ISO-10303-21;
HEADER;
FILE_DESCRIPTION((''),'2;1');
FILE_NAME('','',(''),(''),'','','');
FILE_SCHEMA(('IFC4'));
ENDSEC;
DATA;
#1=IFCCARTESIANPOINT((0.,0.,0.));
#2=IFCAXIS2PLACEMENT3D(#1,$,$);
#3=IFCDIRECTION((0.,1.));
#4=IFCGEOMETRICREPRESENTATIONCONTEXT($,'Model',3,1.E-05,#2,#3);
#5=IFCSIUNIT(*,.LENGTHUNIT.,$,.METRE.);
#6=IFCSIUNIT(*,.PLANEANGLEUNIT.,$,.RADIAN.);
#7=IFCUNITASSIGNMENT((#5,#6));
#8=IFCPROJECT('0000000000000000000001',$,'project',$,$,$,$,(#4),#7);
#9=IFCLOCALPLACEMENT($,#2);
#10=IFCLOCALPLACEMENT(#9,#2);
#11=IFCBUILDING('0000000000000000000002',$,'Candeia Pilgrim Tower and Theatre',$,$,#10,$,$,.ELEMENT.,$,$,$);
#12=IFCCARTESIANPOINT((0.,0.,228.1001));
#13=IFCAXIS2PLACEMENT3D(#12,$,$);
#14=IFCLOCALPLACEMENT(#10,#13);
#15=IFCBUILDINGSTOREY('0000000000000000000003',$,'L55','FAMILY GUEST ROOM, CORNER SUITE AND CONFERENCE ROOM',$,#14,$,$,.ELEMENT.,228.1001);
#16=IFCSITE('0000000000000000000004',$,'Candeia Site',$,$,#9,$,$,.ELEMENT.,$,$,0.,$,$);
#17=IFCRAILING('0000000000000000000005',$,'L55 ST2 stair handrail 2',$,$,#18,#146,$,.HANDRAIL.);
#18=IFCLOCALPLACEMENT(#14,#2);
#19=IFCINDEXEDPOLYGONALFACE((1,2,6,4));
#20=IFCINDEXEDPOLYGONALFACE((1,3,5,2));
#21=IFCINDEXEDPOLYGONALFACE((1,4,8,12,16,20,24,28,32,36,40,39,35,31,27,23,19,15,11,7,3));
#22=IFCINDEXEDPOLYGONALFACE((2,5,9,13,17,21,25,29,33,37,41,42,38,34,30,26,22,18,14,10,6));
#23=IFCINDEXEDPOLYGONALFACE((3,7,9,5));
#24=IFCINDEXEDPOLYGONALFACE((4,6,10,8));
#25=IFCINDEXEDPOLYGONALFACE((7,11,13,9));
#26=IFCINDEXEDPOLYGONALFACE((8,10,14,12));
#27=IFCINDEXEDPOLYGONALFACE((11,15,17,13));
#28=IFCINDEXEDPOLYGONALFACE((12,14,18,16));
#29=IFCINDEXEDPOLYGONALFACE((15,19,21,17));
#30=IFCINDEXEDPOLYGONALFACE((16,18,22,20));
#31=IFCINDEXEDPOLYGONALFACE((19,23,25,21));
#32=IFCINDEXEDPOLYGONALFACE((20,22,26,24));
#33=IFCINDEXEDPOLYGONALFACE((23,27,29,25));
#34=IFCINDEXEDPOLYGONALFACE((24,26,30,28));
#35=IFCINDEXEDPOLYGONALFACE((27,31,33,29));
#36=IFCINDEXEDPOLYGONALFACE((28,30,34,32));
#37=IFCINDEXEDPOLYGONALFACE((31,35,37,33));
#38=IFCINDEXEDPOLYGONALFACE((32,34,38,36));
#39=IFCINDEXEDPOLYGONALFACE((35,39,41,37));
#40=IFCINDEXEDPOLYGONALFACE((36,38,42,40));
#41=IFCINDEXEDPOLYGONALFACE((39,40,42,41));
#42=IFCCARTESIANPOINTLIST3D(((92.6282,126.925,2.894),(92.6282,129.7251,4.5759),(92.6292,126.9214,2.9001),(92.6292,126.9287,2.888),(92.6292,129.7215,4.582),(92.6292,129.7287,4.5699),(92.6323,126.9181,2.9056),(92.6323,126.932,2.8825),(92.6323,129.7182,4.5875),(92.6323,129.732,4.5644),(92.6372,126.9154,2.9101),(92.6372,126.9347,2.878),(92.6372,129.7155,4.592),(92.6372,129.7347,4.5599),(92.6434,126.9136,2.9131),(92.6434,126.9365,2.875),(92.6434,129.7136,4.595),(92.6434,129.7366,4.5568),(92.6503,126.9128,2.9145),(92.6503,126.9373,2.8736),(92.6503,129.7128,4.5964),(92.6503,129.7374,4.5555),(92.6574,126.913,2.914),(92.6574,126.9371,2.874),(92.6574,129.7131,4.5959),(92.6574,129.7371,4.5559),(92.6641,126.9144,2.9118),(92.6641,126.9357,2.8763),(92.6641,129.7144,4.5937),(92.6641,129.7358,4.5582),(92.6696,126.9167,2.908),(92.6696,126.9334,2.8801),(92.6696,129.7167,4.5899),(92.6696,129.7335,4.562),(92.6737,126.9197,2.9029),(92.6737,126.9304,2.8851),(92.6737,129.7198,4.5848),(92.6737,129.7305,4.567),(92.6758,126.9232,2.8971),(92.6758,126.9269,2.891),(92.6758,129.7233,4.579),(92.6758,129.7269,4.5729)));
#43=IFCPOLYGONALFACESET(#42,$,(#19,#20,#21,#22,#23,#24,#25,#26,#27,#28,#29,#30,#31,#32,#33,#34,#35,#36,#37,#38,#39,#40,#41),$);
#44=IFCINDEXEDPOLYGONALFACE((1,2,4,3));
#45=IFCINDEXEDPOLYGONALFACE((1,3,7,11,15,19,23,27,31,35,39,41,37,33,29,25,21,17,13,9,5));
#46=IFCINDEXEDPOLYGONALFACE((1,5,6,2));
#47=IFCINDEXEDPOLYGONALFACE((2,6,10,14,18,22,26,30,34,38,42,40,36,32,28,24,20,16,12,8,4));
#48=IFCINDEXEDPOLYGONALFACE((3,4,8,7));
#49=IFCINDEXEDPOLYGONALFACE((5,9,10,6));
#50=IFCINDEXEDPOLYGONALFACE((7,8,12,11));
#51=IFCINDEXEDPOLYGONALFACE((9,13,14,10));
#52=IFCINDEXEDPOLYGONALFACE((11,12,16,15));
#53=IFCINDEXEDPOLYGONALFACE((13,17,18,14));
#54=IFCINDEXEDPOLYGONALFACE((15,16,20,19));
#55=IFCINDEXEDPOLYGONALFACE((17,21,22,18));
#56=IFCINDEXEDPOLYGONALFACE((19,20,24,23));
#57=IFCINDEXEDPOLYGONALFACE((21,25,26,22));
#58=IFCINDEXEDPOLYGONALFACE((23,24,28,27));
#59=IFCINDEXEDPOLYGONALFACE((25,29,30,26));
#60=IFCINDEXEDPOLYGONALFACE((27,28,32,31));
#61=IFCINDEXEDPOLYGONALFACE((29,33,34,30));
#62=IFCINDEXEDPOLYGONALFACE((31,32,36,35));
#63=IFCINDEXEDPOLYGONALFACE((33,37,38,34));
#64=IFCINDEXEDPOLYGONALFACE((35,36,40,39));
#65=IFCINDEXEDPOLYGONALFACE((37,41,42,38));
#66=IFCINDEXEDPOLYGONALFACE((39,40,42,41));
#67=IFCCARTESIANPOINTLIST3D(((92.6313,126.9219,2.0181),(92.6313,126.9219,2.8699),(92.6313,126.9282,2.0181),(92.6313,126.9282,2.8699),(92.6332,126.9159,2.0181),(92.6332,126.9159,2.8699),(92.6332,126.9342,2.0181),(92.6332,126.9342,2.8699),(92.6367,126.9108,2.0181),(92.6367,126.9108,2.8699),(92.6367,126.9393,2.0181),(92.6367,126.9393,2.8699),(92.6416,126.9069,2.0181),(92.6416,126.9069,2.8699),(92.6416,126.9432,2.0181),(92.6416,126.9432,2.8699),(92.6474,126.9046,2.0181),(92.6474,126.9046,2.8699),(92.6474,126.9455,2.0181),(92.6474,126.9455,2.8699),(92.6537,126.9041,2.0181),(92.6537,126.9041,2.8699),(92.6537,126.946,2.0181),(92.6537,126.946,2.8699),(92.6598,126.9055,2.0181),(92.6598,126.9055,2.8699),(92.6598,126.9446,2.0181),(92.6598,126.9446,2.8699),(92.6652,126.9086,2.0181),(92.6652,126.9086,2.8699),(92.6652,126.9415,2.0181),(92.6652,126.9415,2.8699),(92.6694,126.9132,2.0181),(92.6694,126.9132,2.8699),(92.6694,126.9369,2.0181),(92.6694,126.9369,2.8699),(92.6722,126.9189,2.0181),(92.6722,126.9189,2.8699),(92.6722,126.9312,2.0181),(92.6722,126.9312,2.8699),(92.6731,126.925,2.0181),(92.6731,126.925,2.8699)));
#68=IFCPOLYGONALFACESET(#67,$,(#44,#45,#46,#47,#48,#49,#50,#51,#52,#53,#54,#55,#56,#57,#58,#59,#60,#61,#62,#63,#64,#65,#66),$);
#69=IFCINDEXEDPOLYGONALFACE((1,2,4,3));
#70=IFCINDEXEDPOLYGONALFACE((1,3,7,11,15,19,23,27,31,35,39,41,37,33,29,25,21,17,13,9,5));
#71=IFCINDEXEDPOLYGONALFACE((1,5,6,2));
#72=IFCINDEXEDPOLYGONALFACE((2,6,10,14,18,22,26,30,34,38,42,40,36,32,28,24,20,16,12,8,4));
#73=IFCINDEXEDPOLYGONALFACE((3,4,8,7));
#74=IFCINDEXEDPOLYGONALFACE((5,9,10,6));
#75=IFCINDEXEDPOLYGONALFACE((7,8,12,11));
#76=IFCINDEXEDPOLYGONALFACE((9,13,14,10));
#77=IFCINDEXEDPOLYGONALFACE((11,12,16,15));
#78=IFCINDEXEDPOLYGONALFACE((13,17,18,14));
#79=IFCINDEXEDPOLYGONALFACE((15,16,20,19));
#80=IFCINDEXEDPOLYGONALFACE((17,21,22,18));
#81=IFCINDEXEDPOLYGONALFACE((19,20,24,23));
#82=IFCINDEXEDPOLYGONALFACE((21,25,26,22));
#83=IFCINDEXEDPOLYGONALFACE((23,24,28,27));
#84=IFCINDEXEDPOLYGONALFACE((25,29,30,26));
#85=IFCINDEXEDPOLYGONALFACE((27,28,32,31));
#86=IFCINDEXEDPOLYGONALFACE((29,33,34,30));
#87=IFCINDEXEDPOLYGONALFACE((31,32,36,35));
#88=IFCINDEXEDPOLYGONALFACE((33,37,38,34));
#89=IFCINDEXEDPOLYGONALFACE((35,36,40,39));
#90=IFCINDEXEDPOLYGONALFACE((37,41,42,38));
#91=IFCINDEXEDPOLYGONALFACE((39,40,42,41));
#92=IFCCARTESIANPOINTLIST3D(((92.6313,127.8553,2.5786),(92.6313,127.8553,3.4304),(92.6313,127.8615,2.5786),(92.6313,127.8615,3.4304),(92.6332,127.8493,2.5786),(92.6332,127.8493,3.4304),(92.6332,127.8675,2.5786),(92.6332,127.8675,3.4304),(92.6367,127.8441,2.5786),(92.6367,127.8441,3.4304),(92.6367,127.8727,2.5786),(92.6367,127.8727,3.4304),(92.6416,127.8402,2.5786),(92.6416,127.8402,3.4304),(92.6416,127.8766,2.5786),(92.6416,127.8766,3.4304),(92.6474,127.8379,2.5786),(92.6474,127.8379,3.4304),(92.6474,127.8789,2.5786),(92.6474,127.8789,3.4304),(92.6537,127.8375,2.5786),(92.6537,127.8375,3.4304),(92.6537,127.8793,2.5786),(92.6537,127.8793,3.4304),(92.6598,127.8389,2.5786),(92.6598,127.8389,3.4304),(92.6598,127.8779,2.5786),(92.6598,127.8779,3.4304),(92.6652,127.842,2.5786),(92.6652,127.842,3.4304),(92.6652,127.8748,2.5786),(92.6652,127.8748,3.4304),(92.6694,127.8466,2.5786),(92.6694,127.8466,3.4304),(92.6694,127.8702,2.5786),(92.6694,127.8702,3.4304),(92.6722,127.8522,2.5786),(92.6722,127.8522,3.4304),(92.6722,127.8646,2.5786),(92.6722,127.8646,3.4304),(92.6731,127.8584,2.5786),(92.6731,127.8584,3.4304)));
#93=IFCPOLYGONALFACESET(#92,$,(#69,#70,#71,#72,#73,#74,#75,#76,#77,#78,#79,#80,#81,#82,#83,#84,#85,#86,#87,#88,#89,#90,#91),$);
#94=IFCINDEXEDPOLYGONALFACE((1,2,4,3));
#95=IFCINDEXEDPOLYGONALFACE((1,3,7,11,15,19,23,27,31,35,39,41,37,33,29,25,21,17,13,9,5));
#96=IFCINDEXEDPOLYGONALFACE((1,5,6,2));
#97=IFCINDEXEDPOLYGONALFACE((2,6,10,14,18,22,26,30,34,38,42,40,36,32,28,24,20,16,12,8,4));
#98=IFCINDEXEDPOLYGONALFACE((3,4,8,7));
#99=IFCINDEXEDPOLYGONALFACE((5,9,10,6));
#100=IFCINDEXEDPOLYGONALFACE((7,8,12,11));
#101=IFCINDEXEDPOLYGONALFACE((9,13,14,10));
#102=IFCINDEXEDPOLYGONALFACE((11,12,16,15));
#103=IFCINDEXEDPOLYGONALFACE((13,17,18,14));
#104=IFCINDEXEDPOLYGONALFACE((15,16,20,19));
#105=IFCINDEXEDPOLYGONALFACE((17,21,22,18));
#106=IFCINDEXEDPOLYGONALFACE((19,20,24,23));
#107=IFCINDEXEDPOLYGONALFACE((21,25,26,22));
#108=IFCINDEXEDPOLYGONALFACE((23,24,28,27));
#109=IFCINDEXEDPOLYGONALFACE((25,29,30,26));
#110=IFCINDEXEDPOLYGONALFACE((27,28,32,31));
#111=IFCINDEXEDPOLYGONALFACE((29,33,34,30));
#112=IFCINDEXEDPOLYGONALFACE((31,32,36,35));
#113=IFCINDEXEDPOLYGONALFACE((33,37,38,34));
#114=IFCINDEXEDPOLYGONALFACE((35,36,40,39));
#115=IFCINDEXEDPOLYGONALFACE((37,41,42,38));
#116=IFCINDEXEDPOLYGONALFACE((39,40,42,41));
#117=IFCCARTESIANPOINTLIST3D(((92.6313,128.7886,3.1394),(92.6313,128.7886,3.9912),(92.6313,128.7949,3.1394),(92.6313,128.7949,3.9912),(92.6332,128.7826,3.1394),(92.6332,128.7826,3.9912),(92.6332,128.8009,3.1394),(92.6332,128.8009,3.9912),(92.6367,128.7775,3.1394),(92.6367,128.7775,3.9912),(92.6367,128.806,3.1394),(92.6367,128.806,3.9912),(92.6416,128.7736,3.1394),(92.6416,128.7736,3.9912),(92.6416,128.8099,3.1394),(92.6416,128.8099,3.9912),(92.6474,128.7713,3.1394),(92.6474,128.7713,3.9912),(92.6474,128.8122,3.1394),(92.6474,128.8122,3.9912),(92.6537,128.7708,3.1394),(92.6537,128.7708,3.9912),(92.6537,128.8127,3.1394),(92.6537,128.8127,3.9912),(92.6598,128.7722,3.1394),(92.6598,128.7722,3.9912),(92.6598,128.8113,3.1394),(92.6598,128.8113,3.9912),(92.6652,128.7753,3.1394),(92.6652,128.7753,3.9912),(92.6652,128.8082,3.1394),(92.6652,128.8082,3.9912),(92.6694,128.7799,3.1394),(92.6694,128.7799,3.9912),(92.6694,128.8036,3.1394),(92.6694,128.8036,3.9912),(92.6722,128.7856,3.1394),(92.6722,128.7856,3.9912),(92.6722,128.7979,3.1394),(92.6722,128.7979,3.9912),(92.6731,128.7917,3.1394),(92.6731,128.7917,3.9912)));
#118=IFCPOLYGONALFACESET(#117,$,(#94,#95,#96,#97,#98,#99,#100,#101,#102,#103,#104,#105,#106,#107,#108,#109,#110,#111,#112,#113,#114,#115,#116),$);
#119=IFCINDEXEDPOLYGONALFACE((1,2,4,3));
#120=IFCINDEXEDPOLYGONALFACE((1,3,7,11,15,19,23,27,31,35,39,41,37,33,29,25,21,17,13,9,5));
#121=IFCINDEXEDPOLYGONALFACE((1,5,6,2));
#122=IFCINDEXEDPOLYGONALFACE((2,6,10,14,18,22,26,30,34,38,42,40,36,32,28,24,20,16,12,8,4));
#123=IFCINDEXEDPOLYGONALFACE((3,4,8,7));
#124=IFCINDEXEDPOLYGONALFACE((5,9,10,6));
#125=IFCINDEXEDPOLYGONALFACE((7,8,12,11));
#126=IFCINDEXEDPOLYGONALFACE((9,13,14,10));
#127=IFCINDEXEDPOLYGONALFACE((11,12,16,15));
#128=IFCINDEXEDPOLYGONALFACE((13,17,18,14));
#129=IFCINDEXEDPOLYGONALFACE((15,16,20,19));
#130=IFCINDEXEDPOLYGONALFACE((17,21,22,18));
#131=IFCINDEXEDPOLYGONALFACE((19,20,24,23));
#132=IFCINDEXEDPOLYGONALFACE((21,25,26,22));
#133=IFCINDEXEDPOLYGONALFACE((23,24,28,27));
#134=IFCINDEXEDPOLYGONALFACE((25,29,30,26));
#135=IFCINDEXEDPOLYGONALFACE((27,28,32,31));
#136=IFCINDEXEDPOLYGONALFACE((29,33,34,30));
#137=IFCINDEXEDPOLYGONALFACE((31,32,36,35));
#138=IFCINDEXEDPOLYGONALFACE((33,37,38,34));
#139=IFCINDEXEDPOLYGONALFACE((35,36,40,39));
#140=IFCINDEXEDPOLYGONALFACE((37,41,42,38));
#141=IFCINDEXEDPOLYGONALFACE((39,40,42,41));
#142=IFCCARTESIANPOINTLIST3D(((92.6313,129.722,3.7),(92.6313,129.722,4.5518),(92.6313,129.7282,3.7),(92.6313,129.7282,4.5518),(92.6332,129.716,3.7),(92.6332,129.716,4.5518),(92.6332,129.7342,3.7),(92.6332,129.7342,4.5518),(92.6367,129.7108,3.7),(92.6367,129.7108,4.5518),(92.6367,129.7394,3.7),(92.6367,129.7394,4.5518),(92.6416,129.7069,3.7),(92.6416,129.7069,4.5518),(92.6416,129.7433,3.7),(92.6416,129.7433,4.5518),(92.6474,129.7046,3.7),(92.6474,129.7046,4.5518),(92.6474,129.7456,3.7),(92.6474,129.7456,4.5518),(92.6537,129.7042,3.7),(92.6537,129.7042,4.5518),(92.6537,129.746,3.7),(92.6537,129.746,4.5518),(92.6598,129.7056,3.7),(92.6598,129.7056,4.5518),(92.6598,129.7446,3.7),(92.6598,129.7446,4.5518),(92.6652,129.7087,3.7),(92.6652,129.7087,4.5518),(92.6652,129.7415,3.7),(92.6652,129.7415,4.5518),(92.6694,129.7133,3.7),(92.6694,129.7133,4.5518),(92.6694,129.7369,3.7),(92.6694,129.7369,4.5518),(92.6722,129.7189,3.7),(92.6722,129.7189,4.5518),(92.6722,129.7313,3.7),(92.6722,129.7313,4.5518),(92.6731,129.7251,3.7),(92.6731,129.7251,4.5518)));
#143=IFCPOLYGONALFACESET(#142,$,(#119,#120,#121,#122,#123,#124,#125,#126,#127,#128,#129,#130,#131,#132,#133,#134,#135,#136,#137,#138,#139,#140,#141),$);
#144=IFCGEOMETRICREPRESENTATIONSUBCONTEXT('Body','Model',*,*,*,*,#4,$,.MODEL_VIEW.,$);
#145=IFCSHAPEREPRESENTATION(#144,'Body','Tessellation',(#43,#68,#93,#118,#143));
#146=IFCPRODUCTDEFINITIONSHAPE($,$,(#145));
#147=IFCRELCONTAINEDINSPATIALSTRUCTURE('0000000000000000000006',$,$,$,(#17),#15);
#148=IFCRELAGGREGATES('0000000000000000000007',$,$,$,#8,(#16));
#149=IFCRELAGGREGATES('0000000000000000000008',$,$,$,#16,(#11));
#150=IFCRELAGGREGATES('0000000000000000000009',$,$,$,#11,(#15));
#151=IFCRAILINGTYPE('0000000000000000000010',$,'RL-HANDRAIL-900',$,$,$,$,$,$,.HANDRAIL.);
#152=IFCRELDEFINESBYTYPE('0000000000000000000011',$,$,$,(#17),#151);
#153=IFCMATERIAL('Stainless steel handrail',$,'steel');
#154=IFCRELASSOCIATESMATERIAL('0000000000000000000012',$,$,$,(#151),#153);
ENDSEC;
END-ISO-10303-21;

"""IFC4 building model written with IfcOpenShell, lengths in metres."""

from ifc_helpers import new_model, si_unit, direction, frame, origin, origin_2d, place, context, subcontext, project, spatial, circle, extrude, material, type_object, element, save


model = new_model("IFC4")

# Units and contexts
model_context = context("Model", 3, precision=1e-05, world=origin(), true_north=direction((0.0, 1.0)))
body_context = subcontext(model_context, "Body", "Model", "MODEL_VIEW")
ifc_project = project(units=[si_unit("LENGTHUNIT", "METRE"), si_unit("PLANEANGLEUNIT", "RADIAN")], contexts=[model_context])

# Site, building, storey
site_placement = place(None, origin())
site = spatial("IfcSite", under=ifc_project, at=site_placement, Name="Candeia Site", CompositionType="ELEMENT", RefElevation=0.0)
building_placement = place(site_placement, origin())
building = spatial("IfcBuilding", under=site, at=building_placement, Name="Candeia Pilgrim Tower and Theatre", CompositionType="ELEMENT")
storey_placement = place(building_placement, frame((0.0, 0.0, 228.1001)))
storey = spatial("IfcBuildingStorey", under=building, at=storey_placement, Name="L55", Description="FAMILY GUEST ROOM, CORNER SUITE AND CONFERENCE ROOM", CompositionType="ELEMENT", Elevation=228.1001)

# Railing
ifc_material_1 = material(Name="Stainless steel handrail", Category="steel")
railing_type = type_object("IfcRailingType", Name="RL-HANDRAIL-900", PredefinedType="HANDRAIL", material=ifc_material_1)
for number, where, name in (
    (1, (92.6521, 126.925, 2.0181), "L55 ST2 stair handrail 2"),
):
    element("IfcRailing", number, at=place(storey_placement, frame(where)), inside=storey, type_object=railing_type, Name=name, PredefinedType="HANDRAIL", context=body_context, shape_type="SweptSolid", body=[
        extrude(circle(Radius=0.0239, at=origin_2d()), frame((0.0, 0.0, 0.876), z_axis=(0.0, 0.857242, 0.514913), x_axis=(-1.0, 0.0, 0.0)), (0.0, 0.0, 1.0), 3.2664),
        extrude(circle(Radius=0.021, at=origin_2d()), origin(), (0.0, 0.0, 1.0), 0.8518),
        extrude(circle(Radius=0.021, at=origin_2d()), frame((0.0, 0.9333, 0.5605)), (0.0, 0.0, 1.0), 0.8518),
        extrude(circle(Radius=0.021, at=origin_2d()), frame((0.0, 1.8667, 1.1213)), (0.0, 0.0, 1.0), 0.8518),
        extrude(circle(Radius=0.021, at=origin_2d()), frame((0.0, 2.8, 1.6819)), (0.0, 0.0, 1.0), 0.8518),
    ])

save(model, "model.ifc")
